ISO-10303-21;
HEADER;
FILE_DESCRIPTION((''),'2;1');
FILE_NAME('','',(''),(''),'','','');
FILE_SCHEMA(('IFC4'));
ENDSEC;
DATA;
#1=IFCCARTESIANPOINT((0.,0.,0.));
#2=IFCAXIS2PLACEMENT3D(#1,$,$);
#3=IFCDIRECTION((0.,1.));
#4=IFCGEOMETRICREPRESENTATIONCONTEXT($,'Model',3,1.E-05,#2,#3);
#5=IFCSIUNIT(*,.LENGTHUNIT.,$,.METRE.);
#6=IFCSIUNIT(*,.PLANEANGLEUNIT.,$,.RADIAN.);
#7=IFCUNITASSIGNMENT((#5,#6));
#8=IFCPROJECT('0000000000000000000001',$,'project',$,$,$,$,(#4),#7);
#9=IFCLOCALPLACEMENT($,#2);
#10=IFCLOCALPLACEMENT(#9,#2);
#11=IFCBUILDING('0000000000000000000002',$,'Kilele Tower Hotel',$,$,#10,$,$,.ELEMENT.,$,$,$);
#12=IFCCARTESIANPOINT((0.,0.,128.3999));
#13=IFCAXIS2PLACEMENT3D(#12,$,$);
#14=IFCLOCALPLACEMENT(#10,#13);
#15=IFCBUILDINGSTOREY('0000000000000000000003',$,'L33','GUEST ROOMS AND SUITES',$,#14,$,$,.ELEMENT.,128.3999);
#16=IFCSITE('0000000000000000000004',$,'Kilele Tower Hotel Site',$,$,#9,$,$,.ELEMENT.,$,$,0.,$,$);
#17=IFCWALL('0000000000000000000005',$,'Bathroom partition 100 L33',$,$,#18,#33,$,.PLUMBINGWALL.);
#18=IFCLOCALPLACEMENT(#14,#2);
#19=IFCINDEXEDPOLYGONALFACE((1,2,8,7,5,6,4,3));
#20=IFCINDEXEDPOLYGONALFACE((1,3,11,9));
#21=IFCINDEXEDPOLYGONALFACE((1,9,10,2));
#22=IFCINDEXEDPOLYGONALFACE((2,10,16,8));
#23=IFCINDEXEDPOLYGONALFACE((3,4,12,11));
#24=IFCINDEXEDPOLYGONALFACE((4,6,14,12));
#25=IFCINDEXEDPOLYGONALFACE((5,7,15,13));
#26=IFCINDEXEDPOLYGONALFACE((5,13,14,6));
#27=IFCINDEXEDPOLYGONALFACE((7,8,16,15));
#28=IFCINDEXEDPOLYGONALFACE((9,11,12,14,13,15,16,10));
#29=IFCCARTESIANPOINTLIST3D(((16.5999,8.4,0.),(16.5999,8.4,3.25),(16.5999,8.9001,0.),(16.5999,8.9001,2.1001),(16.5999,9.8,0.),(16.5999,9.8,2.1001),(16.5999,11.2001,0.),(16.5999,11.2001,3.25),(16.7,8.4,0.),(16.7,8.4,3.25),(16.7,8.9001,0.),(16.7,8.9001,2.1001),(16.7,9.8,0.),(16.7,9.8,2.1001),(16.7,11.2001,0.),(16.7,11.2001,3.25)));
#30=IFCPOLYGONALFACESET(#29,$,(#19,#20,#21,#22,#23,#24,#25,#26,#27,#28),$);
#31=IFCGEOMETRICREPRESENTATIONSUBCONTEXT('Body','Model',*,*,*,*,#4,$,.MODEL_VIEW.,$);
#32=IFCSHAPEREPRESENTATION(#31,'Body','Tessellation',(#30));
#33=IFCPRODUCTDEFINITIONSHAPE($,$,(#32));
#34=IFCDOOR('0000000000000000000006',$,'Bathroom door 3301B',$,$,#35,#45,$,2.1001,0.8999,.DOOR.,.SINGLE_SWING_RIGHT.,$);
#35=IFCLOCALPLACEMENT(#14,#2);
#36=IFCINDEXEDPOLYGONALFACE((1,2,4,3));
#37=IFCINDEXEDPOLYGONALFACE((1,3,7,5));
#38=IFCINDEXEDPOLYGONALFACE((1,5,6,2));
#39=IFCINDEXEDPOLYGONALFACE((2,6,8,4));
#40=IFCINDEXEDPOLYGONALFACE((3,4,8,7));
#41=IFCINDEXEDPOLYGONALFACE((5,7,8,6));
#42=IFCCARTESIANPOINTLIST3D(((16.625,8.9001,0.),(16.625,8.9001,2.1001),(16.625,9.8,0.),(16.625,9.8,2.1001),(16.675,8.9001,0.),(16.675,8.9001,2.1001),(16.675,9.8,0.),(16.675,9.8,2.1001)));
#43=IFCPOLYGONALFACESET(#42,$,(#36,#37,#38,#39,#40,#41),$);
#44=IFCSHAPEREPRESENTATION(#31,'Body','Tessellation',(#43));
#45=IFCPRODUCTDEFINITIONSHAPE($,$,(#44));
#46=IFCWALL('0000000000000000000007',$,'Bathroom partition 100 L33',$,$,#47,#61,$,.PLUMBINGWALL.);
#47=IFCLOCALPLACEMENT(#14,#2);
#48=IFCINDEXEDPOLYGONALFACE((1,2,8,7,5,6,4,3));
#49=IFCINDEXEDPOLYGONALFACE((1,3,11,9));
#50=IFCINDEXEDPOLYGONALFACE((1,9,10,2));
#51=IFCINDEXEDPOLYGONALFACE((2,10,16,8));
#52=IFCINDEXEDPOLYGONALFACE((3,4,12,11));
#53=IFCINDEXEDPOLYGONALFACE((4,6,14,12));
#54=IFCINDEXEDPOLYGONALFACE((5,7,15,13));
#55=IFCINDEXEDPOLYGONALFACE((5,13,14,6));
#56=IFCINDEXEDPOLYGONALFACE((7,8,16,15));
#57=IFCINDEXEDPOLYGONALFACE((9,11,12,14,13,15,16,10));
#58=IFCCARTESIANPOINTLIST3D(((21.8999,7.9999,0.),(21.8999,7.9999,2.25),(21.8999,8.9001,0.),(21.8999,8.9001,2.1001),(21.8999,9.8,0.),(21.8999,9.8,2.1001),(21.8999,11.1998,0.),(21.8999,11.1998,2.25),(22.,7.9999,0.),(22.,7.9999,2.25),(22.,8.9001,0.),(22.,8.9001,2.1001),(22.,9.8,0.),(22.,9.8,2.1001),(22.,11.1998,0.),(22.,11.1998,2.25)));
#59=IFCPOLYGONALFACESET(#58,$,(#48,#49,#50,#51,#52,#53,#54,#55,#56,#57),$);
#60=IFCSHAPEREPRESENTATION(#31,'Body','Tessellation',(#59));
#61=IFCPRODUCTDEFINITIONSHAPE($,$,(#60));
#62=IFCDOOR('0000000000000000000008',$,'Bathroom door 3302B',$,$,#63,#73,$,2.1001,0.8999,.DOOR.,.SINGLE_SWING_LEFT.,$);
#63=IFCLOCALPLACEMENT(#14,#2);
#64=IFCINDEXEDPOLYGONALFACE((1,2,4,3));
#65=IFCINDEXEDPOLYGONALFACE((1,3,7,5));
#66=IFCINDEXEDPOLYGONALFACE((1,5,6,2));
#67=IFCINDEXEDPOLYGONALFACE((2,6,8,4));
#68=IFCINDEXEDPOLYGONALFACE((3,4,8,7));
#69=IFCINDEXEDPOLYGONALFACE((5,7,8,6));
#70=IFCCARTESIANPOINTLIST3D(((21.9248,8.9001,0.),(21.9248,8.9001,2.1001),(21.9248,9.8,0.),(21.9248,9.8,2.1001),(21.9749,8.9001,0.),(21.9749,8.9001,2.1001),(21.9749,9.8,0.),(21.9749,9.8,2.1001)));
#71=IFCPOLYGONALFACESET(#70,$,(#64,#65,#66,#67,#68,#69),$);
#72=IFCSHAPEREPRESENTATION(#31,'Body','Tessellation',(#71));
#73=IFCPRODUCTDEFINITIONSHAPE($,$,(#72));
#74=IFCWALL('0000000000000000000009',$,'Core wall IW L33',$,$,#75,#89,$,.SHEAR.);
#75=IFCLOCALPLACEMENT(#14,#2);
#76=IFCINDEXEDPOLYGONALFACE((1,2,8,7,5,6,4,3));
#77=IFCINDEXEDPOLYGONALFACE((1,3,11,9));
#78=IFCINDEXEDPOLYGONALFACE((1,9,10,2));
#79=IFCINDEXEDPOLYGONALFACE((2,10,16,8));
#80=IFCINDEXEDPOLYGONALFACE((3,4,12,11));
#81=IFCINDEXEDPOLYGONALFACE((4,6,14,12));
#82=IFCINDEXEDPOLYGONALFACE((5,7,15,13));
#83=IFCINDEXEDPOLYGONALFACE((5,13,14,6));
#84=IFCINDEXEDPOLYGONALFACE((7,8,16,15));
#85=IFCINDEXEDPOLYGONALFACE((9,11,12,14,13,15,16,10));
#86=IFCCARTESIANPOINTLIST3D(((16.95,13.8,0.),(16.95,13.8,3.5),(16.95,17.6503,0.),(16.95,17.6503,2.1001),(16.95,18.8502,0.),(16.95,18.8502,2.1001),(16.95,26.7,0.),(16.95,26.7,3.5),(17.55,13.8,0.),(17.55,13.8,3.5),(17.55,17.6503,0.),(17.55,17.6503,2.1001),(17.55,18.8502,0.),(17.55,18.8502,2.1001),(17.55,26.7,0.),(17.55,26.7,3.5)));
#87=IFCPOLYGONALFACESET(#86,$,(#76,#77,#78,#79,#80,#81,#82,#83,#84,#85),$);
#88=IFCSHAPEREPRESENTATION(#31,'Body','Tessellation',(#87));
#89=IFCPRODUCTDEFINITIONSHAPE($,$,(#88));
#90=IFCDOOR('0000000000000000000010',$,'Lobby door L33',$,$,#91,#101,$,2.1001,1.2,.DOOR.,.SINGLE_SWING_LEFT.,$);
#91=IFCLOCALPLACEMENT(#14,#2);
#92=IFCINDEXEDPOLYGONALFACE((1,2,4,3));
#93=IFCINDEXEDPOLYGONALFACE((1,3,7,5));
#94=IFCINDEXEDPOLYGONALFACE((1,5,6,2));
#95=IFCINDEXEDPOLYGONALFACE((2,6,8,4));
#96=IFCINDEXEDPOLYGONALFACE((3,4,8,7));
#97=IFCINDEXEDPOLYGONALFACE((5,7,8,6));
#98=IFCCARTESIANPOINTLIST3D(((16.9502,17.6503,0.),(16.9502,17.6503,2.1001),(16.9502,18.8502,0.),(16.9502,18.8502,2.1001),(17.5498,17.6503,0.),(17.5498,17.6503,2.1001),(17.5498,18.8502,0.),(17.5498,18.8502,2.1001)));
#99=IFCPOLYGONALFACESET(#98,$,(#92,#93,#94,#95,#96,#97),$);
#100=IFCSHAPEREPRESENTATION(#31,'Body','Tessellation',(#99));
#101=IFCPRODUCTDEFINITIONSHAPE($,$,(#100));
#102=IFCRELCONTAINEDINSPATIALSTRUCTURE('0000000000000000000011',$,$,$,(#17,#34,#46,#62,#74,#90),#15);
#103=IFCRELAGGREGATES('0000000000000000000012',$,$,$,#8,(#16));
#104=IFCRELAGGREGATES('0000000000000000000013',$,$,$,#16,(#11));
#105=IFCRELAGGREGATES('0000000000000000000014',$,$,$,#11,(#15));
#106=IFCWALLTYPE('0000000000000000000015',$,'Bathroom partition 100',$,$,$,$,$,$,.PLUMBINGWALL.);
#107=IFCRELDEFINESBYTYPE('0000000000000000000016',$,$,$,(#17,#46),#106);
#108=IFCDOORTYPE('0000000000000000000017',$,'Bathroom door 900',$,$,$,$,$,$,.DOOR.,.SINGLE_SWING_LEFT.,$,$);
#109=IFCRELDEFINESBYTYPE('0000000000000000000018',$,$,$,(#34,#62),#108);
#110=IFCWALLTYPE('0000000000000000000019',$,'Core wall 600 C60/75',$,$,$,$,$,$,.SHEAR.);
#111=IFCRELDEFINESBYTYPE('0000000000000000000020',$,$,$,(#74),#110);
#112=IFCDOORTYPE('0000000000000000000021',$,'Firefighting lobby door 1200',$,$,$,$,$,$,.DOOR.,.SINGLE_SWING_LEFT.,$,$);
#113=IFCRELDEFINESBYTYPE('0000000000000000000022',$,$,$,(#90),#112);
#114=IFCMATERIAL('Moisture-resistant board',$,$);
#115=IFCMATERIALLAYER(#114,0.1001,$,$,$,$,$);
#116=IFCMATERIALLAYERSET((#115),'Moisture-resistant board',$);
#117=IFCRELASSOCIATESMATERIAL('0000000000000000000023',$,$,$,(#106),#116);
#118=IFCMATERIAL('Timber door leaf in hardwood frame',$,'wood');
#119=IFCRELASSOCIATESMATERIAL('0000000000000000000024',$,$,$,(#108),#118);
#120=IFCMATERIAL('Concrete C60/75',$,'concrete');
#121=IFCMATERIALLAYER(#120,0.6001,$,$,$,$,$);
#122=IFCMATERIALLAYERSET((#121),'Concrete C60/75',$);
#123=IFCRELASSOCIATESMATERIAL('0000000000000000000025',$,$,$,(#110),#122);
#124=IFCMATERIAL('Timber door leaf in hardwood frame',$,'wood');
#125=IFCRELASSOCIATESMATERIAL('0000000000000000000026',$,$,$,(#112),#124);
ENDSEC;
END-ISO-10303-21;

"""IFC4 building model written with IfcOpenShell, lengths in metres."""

from ifc_helpers import new_model, si_unit, direction, frame, frame_2d, origin, place, context, subcontext, project, spatial, rectangle, extrude, material, layer, layer_set, type_object, element, fill, save


model = new_model("IFC4")

# Units and contexts
model_context = context("Model", 3, precision=1e-05, world=origin(), true_north=direction((0.0, 1.0)))
body_context = subcontext(model_context, "Body", "Model", "MODEL_VIEW")
ifc_project = project(units=[si_unit("LENGTHUNIT", "METRE"), si_unit("PLANEANGLEUNIT", "RADIAN")], contexts=[model_context])

# Site, building, storey
site_placement = place(None, origin())
site = spatial("IfcSite", under=ifc_project, at=site_placement, Name="Kilele Tower Hotel Site", CompositionType="ELEMENT", RefElevation=0.0)
building_placement = place(site_placement, origin())
building = spatial("IfcBuilding", under=site, at=building_placement, Name="Kilele Tower Hotel", CompositionType="ELEMENT")
storey_placement = place(building_placement, frame((0.0, 0.0, 128.3999)))
storey = spatial("IfcBuildingStorey", under=building, at=storey_placement, Name="L33", Description="GUEST ROOMS AND SUITES", CompositionType="ELEMENT", Elevation=128.3999)

# Walls, openings, doors
ifc_material_1 = material(Name="Moisture-resistant board")
ifc_layer_1 = layer(ifc_material_1, 0.1001)
ifc_layer_set_1 = layer_set([ifc_layer_1], Name="Moisture-resistant board")
wall_type_1 = type_object("IfcWallType", Name="Bathroom partition 100", PredefinedType="PLUMBINGWALL", material=ifc_layer_set_1)
wall_1_placement = place(storey_placement, frame((16.6499, 11.2, 0.0), z_axis=(0.0, 0.0, 1.0), x_axis=(0.0, -1.0, 0.0)))
wall_1 = element("IfcWall", 1, at=wall_1_placement, inside=storey, type_object=wall_type_1, Name="Bathroom partition 100 L33", PredefinedType="PLUMBINGWALL", context=body_context, shape_type="SweptSolid", body=[
    extrude(rectangle(XDim=2.8, YDim=0.1001, at=frame_2d((1.3999, 0.0))), origin(), (0.0, 0.0, 1.0), 3.25),
])
opening_1_placement = place(wall_1_placement, frame((2.2998, 0.0, 0.0), z_axis=(0.0, 0.0, 1.0), x_axis=(-1.0, 0.0, 0.0)))
opening_1 = element("IfcOpeningElement", 2, at=opening_1_placement, cuts=wall_1, PredefinedType="OPENING", context=body_context, shape_type="SweptSolid", body=[
    extrude(rectangle(XDim=0.8999, YDim=2.1001, at=frame_2d((0.45, 1.05))), frame((0.0, 0.0601, 0.0), z_axis=(0.0, -1.0, 0.0), x_axis=(1.0, 0.0, 0.0)), (0.0, 0.0, 1.0), 0.1201),
])
ifc_material_2 = material(Name="Timber door leaf in hardwood frame", Category="wood")
door_type_1 = type_object("IfcDoorType", Name="Bathroom door 900", OperationType="SINGLE_SWING_LEFT", PredefinedType="DOOR", material=ifc_material_2)
door_1_placement = place(opening_1_placement, origin())
door_1 = element("IfcDoor", 3, at=door_1_placement, inside=storey, type_object=door_type_1, Name="Bathroom door 3301B", OperationType="SINGLE_SWING_RIGHT", OverallHeight=2.1001, OverallWidth=0.8999, PredefinedType="DOOR", context=body_context, shape_type="SweptSolid", body=[
    extrude(rectangle(XDim=0.8999, YDim=2.1001, at=frame_2d((0.45, 1.05))), frame((0.0, 0.0249, 0.0), z_axis=(0.0, -1.0, 0.0), x_axis=(1.0, 0.0, 0.0)), (0.0, 0.0, 1.0), 0.05),
])
fill(opening_1, door_1)
wall_2_placement = place(storey_placement, frame((21.95, 11.2, 0.0), z_axis=(0.0, 0.0, 1.0), x_axis=(0.0, -1.0, 0.0)))
wall_2 = element("IfcWall", 4, at=wall_2_placement, inside=storey, type_object=wall_type_1, Name="Bathroom partition 100 L33", PredefinedType="PLUMBINGWALL", context=body_context, shape_type="SweptSolid", body=[
    extrude(rectangle(XDim=3.2, YDim=0.1001, at=frame_2d((1.6001, 0.0))), origin(), (0.0, 0.0, 1.0), 2.25),
])
opening_2_placement = place(wall_2_placement, frame((1.3999, 0.0, 0.0)))
opening_2 = element("IfcOpeningElement", 5, at=opening_2_placement, cuts=wall_2, PredefinedType="OPENING", context=body_context, shape_type="SweptSolid", body=[
    extrude(rectangle(XDim=0.8999, YDim=2.1001, at=frame_2d((0.45, 1.05))), frame((0.0, 0.0601, 0.0), z_axis=(0.0, -1.0, 0.0), x_axis=(1.0, 0.0, 0.0)), (0.0, 0.0, 1.0), 0.1201),
])
door_2_placement = place(opening_2_placement, origin())
door_2 = element("IfcDoor", 6, at=door_2_placement, inside=storey, type_object=door_type_1, Name="Bathroom door 3302B", OperationType="SINGLE_SWING_LEFT", OverallHeight=2.1001, OverallWidth=0.8999, PredefinedType="DOOR", context=body_context, shape_type="SweptSolid", body=[
    extrude(rectangle(XDim=0.8999, YDim=2.1001, at=frame_2d((0.45, 1.05))), frame((0.0, 0.0249, 0.0), z_axis=(0.0, -1.0, 0.0), x_axis=(1.0, 0.0, 0.0)), (0.0, 0.0, 1.0), 0.05),
])
fill(opening_2, door_2)
ifc_material_3 = material(Name="Concrete C60/75", Category="concrete")
ifc_layer_2 = layer(ifc_material_3, 0.6001)
ifc_layer_set_2 = layer_set([ifc_layer_2], Name="Concrete C60/75")
wall_type_2 = type_object("IfcWallType", Name="Core wall 600 C60/75", PredefinedType="SHEAR", material=ifc_layer_set_2)
wall_3_placement = place(storey_placement, frame((17.25, 13.8, 0.0), z_axis=(0.0, 0.0, 1.0), x_axis=(0.0, 1.0, 0.0)))
wall_3 = element("IfcWall", 7, at=wall_3_placement, inside=storey, type_object=wall_type_2, Name="Core wall IW L33", PredefinedType="SHEAR", context=body_context, shape_type="SweptSolid", body=[
    extrude(rectangle(XDim=12.8999, YDim=0.6001, at=frame_2d((6.45, 0.0))), origin(), (0.0, 0.0, 1.0), 3.5),
])
opening_3_placement = place(wall_3_placement, frame((3.8501, 0.0, 0.0)))
opening_3 = element("IfcOpeningElement", 8, at=opening_3_placement, cuts=wall_3, PredefinedType="OPENING", context=body_context, shape_type="SweptSolid", body=[
    extrude(rectangle(XDim=1.2, YDim=2.1001, at=frame_2d((0.6001, 1.05))), frame((0.0, 0.3101, 0.0), z_axis=(0.0, -1.0, 0.0), x_axis=(1.0, 0.0, 0.0)), (0.0, 0.0, 1.0), 0.6201),
])
ifc_material_4 = material(Name="Timber door leaf in hardwood frame", Category="wood")
door_type_2 = type_object("IfcDoorType", Name="Firefighting lobby door 1200", OperationType="SINGLE_SWING_LEFT", PredefinedType="DOOR", material=ifc_material_4)
door_3_placement = place(opening_3_placement, origin())
door_3 = element("IfcDoor", 9, at=door_3_placement, inside=storey, type_object=door_type_2, Name="Lobby door L33", OperationType="SINGLE_SWING_LEFT", OverallHeight=2.1001, OverallWidth=1.2, PredefinedType="DOOR", context=body_context, shape_type="SweptSolid", body=[
    extrude(rectangle(XDim=1.2, YDim=2.1001, at=frame_2d((0.6001, 1.05))), frame((0.0, 0.2998, 0.0), z_axis=(0.0, -1.0, 0.0), x_axis=(1.0, 0.0, 0.0)), (0.0, 0.0, 1.0), 0.5996),
])
fill(opening_3, door_3)

save(model, "model.ifc")
